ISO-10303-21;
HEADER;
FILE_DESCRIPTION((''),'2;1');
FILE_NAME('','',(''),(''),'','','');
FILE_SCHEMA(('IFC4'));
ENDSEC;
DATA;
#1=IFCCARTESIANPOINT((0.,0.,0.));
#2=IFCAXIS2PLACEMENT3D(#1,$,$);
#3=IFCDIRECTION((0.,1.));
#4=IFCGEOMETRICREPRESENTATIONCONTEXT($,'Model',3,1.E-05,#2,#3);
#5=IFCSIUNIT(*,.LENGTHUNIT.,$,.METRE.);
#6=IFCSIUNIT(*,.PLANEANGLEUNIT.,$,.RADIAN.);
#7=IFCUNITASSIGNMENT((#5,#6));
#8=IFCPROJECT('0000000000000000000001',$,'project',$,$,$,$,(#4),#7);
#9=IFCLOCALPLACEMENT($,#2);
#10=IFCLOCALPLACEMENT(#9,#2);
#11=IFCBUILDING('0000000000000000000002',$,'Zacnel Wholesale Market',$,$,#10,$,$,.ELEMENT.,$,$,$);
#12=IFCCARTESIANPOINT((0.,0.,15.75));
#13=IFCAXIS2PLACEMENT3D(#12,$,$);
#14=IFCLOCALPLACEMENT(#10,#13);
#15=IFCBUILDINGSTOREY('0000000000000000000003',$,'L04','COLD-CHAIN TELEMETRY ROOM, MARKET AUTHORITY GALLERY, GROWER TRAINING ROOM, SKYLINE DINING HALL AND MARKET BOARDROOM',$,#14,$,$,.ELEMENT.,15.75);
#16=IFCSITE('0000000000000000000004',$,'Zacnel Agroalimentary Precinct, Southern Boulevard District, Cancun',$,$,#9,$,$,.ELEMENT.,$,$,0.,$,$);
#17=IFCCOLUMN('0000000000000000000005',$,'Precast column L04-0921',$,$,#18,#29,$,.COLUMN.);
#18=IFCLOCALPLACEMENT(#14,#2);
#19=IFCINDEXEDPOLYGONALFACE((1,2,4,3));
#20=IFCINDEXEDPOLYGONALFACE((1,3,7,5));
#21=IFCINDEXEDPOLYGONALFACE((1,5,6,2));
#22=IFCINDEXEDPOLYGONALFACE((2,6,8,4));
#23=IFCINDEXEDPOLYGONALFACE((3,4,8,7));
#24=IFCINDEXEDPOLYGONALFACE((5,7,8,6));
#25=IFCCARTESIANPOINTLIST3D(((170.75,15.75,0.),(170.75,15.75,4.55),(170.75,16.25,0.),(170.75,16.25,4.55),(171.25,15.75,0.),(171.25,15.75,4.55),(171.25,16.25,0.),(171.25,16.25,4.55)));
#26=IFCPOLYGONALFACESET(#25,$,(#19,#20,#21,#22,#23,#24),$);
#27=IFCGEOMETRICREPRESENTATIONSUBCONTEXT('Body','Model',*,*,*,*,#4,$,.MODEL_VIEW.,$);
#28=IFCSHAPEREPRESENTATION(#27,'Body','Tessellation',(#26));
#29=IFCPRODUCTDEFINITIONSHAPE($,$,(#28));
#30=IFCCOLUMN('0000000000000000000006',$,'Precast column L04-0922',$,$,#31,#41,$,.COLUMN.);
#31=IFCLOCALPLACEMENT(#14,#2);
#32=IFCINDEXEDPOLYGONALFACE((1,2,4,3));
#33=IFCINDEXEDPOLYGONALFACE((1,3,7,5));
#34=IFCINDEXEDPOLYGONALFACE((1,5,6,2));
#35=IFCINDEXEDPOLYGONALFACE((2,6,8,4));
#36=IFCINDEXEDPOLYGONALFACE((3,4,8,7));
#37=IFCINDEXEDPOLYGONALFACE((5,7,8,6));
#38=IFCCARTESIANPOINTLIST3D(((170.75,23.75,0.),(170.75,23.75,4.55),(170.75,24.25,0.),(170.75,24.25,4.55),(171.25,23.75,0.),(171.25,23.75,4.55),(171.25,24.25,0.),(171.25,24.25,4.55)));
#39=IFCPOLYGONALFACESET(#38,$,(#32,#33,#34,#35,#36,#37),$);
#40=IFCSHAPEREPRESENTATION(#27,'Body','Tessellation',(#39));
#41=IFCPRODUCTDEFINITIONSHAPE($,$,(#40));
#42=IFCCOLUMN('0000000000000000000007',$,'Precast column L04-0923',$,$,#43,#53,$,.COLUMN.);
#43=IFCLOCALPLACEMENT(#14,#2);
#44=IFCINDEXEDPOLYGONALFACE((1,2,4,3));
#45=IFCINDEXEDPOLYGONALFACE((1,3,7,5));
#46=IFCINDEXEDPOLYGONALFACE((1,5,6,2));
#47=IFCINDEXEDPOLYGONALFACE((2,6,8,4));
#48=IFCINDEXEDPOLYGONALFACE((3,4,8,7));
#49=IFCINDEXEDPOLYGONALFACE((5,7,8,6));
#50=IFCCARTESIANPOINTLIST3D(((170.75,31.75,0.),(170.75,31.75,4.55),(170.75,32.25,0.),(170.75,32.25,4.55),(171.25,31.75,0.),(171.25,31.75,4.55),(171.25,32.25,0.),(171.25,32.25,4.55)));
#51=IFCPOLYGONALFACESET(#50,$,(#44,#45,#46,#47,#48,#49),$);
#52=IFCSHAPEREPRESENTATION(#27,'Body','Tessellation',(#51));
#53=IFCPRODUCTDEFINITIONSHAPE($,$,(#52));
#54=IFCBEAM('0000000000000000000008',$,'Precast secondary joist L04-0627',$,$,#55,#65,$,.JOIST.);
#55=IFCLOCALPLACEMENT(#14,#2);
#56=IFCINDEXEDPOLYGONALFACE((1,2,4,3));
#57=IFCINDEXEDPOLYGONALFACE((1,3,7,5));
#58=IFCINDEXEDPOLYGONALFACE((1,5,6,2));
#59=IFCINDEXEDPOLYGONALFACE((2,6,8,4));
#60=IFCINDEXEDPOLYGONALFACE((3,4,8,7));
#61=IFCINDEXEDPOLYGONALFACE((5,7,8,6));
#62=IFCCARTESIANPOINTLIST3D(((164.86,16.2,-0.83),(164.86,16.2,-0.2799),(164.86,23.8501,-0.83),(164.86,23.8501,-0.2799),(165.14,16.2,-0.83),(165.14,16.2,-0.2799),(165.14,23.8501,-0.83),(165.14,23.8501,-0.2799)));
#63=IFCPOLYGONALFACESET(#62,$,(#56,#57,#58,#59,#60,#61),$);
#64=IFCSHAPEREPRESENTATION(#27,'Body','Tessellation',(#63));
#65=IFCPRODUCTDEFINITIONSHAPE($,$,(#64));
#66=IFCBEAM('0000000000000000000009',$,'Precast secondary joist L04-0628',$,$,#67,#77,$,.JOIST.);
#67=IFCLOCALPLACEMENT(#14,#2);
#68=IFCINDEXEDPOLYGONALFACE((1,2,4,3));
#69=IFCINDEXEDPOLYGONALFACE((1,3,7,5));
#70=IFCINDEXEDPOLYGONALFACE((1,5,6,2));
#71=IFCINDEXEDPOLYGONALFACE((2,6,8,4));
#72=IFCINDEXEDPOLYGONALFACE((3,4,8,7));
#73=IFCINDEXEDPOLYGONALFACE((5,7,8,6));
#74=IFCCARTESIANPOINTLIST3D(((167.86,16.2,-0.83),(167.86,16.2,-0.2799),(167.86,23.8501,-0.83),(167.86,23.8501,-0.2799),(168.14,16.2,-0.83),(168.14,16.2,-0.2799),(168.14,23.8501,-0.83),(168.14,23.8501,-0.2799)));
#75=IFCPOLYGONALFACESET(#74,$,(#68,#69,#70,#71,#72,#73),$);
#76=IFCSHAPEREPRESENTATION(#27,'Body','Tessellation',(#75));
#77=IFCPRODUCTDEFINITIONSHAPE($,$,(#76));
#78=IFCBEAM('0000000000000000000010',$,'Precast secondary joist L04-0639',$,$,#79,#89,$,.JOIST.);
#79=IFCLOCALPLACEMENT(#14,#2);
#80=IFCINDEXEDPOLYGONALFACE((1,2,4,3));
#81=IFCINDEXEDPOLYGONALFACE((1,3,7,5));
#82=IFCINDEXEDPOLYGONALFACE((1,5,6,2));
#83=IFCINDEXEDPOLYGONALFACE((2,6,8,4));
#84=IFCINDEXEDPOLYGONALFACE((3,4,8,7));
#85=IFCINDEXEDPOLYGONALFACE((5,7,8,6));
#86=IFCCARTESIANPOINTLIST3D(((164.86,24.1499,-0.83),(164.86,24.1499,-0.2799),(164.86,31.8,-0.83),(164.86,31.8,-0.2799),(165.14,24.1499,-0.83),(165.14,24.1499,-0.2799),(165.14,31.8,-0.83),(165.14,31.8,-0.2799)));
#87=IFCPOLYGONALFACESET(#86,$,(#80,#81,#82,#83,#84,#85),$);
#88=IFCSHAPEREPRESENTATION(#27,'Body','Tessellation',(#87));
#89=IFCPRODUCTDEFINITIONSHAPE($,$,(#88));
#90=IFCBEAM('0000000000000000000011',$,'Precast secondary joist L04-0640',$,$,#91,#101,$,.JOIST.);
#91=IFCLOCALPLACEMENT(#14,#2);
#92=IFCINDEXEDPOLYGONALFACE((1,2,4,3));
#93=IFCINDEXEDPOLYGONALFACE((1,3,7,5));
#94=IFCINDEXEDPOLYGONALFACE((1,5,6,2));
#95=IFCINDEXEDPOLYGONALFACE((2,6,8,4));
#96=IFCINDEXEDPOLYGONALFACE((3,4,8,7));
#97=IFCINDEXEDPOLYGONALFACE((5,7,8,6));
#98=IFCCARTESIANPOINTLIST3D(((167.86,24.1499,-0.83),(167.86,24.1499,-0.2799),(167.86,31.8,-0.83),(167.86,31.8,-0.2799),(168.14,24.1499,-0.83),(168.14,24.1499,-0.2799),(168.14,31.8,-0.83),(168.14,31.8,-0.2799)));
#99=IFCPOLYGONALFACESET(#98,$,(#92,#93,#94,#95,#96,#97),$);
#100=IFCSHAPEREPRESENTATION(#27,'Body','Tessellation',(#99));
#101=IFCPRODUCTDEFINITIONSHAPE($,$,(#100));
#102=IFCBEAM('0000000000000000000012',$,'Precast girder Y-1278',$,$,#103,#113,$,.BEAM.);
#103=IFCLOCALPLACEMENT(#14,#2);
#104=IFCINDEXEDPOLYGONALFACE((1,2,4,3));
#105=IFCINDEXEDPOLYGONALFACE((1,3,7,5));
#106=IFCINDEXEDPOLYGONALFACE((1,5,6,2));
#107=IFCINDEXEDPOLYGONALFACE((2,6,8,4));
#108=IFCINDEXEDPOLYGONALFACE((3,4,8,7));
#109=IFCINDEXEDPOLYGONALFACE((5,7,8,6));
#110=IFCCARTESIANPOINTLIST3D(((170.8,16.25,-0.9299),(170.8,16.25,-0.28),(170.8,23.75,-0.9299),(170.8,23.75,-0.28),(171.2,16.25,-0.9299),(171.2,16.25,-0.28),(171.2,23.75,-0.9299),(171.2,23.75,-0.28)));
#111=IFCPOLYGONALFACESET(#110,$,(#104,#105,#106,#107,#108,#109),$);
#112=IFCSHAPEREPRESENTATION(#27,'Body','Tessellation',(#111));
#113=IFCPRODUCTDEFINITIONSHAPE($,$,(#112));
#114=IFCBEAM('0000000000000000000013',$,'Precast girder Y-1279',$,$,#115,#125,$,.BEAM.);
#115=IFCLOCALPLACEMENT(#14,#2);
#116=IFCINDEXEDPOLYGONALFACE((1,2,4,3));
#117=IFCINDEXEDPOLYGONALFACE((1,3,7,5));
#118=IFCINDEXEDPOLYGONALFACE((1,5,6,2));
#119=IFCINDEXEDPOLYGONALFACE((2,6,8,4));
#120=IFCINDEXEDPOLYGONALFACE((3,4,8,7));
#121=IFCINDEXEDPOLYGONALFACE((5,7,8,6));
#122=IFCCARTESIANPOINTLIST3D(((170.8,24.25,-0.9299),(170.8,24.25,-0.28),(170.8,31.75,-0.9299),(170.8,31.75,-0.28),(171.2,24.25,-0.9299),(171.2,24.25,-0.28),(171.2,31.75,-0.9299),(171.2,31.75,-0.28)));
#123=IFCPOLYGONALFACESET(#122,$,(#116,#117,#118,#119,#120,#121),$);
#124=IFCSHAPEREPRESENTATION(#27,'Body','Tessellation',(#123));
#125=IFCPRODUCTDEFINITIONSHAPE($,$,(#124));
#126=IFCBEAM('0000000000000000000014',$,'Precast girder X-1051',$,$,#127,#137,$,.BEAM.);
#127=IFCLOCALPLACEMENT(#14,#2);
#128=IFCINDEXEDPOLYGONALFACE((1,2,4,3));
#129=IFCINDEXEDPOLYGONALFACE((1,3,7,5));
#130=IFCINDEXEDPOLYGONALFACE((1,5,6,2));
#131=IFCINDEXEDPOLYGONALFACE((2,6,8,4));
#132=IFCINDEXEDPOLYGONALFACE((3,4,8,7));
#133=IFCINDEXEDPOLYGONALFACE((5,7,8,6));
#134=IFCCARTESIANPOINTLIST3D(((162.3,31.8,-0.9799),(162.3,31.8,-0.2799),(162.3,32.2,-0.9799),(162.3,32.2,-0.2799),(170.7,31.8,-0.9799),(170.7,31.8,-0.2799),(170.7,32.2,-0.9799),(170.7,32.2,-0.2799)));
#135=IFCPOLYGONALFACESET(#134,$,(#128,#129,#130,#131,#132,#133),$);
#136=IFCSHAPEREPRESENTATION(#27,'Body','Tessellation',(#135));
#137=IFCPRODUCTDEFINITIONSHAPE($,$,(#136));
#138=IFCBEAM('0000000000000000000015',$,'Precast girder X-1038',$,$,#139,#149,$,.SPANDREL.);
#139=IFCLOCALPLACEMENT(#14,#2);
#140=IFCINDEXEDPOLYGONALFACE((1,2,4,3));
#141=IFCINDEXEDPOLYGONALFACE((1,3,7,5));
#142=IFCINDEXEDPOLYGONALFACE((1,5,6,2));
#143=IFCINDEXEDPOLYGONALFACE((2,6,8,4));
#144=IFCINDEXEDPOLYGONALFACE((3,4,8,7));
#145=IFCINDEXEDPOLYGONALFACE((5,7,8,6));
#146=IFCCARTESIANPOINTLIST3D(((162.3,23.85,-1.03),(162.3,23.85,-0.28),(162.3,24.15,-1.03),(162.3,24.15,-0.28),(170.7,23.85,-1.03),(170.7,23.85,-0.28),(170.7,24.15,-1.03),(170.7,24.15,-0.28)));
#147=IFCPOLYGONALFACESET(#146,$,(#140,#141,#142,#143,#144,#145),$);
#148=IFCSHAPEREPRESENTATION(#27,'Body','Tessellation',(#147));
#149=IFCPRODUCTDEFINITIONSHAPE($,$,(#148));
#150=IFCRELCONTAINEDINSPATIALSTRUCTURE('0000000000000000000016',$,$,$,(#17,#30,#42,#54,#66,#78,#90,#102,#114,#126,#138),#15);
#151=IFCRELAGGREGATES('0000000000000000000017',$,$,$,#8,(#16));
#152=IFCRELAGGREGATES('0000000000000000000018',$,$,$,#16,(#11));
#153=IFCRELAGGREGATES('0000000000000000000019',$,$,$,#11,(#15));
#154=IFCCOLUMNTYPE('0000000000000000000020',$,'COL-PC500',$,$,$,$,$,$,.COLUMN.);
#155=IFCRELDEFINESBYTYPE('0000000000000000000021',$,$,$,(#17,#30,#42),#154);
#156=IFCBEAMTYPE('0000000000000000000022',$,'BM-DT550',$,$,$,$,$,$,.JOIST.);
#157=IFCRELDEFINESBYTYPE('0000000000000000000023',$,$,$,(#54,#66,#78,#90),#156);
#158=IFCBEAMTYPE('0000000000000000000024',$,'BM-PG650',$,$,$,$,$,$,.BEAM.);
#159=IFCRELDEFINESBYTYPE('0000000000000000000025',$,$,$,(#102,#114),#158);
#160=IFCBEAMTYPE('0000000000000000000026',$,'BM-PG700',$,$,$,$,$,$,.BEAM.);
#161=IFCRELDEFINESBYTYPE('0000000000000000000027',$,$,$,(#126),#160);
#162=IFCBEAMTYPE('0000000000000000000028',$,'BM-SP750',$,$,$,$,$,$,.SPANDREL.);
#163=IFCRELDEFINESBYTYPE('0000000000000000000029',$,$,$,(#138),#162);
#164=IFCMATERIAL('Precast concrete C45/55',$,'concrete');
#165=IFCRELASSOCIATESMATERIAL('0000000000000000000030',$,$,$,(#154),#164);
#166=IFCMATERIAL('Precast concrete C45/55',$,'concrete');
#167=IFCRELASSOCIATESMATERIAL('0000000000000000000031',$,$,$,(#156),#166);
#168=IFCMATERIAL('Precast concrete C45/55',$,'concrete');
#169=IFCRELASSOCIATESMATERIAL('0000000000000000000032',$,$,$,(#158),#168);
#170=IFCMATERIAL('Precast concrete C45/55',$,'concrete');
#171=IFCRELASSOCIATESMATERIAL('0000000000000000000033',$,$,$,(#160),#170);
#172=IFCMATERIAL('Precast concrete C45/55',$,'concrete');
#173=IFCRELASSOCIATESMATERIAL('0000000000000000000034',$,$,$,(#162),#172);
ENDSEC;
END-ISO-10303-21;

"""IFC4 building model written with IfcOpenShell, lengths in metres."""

from ifc_helpers import new_model, si_unit, direction, frame, origin, origin_2d, place, context, subcontext, project, spatial, rectangle, extrude, material, material_profile, profile_set, type_object, element, save


model = new_model("IFC4")

# Units and contexts
model_context = context("Model", 3, precision=1e-05, world=origin(), true_north=direction((0.0, 1.0)))
body_context = subcontext(model_context, "Body", "Model", "MODEL_VIEW")
ifc_project = project(units=[si_unit("LENGTHUNIT", "METRE"), si_unit("PLANEANGLEUNIT", "RADIAN")], contexts=[model_context])

# Site, building, storey
site_placement = place(None, origin())
site = spatial("IfcSite", under=ifc_project, at=site_placement, Name="Zacnel Agroalimentary Precinct, Southern Boulevard District, Cancun", CompositionType="ELEMENT", RefElevation=0.0)
building_placement = place(site_placement, origin())
building = spatial("IfcBuilding", under=site, at=building_placement, Name="Zacnel Wholesale Market", CompositionType="ELEMENT")
storey_placement = place(building_placement, frame((0.0, 0.0, 15.75)))
storey = spatial("IfcBuildingStorey", under=building, at=storey_placement, Name="L04", Description="COLD-CHAIN TELEMETRY ROOM, MARKET AUTHORITY GALLERY, GROWER TRAINING ROOM, SKYLINE DINING HALL AND MARKET BOARDROOM", CompositionType="ELEMENT", Elevation=15.75)

# Columns
ifc_material_1 = material(Name="Precast concrete C45/55", Category="concrete")
ifc_material_profile_1 = material_profile(ifc_material_1, rectangle(XDim=0.5, YDim=0.5, at=origin_2d()), Name="PC 500x500")
ifc_profile_set_1 = profile_set([ifc_material_profile_1], Name="Precast concrete C45/55")
column_type = type_object("IfcColumnType", Name="COL-PC500", PredefinedType="COLUMN", material=ifc_profile_set_1)
for number, where, z_axis, x_axis, name in (
    (1, (171.0, 16.0, 0.0), (0.0, 0.0, 1.0), (1.0, 0.0, 0.0), "Precast column L04-0921"),
    (2, (171.0, 24.0, 0.0), (0.0, 0.0, 1.0), (1.0, 0.0, 0.0), "Precast column L04-0922"),
    (3, (171.0, 32.0, 0.0), (0.0, 0.0, 1.0), (1.0, 0.0, 0.0), "Precast column L04-0923"),
):
    element("IfcColumn", number, at=place(storey_placement, frame(where, z_axis=z_axis, x_axis=x_axis)), inside=storey, type_object=column_type, Name=name, PredefinedType="COLUMN", context=body_context, shape_type="SweptSolid", body=[
        extrude(rectangle(XDim=0.5, YDim=0.5, at=origin_2d()), origin(), (0.0, 0.0, 1.0), 4.55),
    ])

# Beams
ifc_material_2 = material(Name="Precast concrete C45/55", Category="concrete")
ifc_material_profile_2 = material_profile(ifc_material_2, rectangle(XDim=0.28, YDim=0.55, at=origin_2d()), Name="DT RIB 280x550")
ifc_profile_set_2 = profile_set([ifc_material_profile_2], Name="Precast concrete C45/55")
beam_type_1 = type_object("IfcBeamType", Name="BM-DT550", PredefinedType="JOIST", material=ifc_profile_set_2)
for number, where, z_axis, x_axis, name in (
    (4, (165.0, 16.2, -0.5549), (0.0, 1.0, 0.0), (-1.0, 0.0, 0.0), "Precast secondary joist L04-0627"),
    (5, (168.0, 16.2, -0.5549), (0.0, 1.0, 0.0), (-1.0, 0.0, 0.0), "Precast secondary joist L04-0628"),
    (6, (165.0, 24.1499, -0.5549), (0.0, 1.0, 0.0), (-1.0, 0.0, 0.0), "Precast secondary joist L04-0639"),
    (7, (168.0, 24.1499, -0.5549), (0.0, 1.0, 0.0), (-1.0, 0.0, 0.0), "Precast secondary joist L04-0640"),
):
    element("IfcBeam", number, at=place(storey_placement, frame(where, z_axis=z_axis, x_axis=x_axis)), inside=storey, type_object=beam_type_1, Name=name, PredefinedType="JOIST", context=body_context, shape_type="SweptSolid", body=[
        extrude(rectangle(XDim=0.28, YDim=0.55, at=origin_2d()), origin(), (0.0, 0.0, 1.0), 7.6501),
    ])
ifc_material_3 = material(Name="Precast concrete C45/55", Category="concrete")
ifc_material_profile_3 = material_profile(ifc_material_3, rectangle(XDim=0.3999, YDim=0.6499, at=origin_2d()), Name="PG 400x650")
ifc_profile_set_3 = profile_set([ifc_material_profile_3], Name="Precast concrete C45/55")
beam_type_2 = type_object("IfcBeamType", Name="BM-PG650", PredefinedType="BEAM", material=ifc_profile_set_3)
for number, where, z_axis, x_axis, name in (
    (8, (171.0, 16.25, -0.605), (0.0, 1.0, 0.0), (-1.0, 0.0, 0.0), "Precast girder Y-1278"),
    (9, (171.0, 24.25, -0.605), (0.0, 1.0, 0.0), (-1.0, 0.0, 0.0), "Precast girder Y-1279"),
):
    element("IfcBeam", number, at=place(storey_placement, frame(where, z_axis=z_axis, x_axis=x_axis)), inside=storey, type_object=beam_type_2, Name=name, PredefinedType="BEAM", context=body_context, shape_type="SweptSolid", body=[
        extrude(rectangle(XDim=0.3999, YDim=0.6499, at=origin_2d()), origin(), (0.0, 0.0, 1.0), 7.5),
    ])
ifc_material_4 = material(Name="Precast concrete C45/55", Category="concrete")
ifc_material_profile_4 = material_profile(ifc_material_4, rectangle(XDim=0.3999, YDim=0.7, at=origin_2d()), Name="PG 400x700")
ifc_profile_set_4 = profile_set([ifc_material_profile_4], Name="Precast concrete C45/55")
beam_type_3 = type_object("IfcBeamType", Name="BM-PG700", PredefinedType="BEAM", material=ifc_profile_set_4)
beam_1_placement = place(storey_placement, frame((162.3, 32.0, -0.6299), z_axis=(1.0, 0.0, 0.0), x_axis=(0.0, 1.0, 0.0)))
element("IfcBeam", 10, at=beam_1_placement, inside=storey, type_object=beam_type_3, Name="Precast girder X-1051", PredefinedType="BEAM", context=body_context, shape_type="SweptSolid", body=[
    extrude(rectangle(XDim=0.3999, YDim=0.7, at=origin_2d()), origin(), (0.0, 0.0, 1.0), 8.3999),
])
ifc_material_5 = material(Name="Precast concrete C45/55", Category="concrete")
ifc_material_profile_5 = material_profile(ifc_material_5, rectangle(XDim=0.3, YDim=0.75, at=origin_2d()), Name="SP 300x750")
ifc_profile_set_5 = profile_set([ifc_material_profile_5], Name="Precast concrete C45/55")
beam_type_4 = type_object("IfcBeamType", Name="BM-SP750", PredefinedType="SPANDREL", material=ifc_profile_set_5)
beam_2_placement = place(storey_placement, frame((162.3, 24.0, -0.655), z_axis=(1.0, 0.0, 0.0), x_axis=(0.0, 1.0, 0.0)))
element("IfcBeam", 11, at=beam_2_placement, inside=storey, type_object=beam_type_4, Name="Precast girder X-1038", PredefinedType="SPANDREL", context=body_context, shape_type="SweptSolid", body=[
    extrude(rectangle(XDim=0.3, YDim=0.75, at=origin_2d()), origin(), (0.0, 0.0, 1.0), 8.3999),
])

save(model, "model.ifc")
